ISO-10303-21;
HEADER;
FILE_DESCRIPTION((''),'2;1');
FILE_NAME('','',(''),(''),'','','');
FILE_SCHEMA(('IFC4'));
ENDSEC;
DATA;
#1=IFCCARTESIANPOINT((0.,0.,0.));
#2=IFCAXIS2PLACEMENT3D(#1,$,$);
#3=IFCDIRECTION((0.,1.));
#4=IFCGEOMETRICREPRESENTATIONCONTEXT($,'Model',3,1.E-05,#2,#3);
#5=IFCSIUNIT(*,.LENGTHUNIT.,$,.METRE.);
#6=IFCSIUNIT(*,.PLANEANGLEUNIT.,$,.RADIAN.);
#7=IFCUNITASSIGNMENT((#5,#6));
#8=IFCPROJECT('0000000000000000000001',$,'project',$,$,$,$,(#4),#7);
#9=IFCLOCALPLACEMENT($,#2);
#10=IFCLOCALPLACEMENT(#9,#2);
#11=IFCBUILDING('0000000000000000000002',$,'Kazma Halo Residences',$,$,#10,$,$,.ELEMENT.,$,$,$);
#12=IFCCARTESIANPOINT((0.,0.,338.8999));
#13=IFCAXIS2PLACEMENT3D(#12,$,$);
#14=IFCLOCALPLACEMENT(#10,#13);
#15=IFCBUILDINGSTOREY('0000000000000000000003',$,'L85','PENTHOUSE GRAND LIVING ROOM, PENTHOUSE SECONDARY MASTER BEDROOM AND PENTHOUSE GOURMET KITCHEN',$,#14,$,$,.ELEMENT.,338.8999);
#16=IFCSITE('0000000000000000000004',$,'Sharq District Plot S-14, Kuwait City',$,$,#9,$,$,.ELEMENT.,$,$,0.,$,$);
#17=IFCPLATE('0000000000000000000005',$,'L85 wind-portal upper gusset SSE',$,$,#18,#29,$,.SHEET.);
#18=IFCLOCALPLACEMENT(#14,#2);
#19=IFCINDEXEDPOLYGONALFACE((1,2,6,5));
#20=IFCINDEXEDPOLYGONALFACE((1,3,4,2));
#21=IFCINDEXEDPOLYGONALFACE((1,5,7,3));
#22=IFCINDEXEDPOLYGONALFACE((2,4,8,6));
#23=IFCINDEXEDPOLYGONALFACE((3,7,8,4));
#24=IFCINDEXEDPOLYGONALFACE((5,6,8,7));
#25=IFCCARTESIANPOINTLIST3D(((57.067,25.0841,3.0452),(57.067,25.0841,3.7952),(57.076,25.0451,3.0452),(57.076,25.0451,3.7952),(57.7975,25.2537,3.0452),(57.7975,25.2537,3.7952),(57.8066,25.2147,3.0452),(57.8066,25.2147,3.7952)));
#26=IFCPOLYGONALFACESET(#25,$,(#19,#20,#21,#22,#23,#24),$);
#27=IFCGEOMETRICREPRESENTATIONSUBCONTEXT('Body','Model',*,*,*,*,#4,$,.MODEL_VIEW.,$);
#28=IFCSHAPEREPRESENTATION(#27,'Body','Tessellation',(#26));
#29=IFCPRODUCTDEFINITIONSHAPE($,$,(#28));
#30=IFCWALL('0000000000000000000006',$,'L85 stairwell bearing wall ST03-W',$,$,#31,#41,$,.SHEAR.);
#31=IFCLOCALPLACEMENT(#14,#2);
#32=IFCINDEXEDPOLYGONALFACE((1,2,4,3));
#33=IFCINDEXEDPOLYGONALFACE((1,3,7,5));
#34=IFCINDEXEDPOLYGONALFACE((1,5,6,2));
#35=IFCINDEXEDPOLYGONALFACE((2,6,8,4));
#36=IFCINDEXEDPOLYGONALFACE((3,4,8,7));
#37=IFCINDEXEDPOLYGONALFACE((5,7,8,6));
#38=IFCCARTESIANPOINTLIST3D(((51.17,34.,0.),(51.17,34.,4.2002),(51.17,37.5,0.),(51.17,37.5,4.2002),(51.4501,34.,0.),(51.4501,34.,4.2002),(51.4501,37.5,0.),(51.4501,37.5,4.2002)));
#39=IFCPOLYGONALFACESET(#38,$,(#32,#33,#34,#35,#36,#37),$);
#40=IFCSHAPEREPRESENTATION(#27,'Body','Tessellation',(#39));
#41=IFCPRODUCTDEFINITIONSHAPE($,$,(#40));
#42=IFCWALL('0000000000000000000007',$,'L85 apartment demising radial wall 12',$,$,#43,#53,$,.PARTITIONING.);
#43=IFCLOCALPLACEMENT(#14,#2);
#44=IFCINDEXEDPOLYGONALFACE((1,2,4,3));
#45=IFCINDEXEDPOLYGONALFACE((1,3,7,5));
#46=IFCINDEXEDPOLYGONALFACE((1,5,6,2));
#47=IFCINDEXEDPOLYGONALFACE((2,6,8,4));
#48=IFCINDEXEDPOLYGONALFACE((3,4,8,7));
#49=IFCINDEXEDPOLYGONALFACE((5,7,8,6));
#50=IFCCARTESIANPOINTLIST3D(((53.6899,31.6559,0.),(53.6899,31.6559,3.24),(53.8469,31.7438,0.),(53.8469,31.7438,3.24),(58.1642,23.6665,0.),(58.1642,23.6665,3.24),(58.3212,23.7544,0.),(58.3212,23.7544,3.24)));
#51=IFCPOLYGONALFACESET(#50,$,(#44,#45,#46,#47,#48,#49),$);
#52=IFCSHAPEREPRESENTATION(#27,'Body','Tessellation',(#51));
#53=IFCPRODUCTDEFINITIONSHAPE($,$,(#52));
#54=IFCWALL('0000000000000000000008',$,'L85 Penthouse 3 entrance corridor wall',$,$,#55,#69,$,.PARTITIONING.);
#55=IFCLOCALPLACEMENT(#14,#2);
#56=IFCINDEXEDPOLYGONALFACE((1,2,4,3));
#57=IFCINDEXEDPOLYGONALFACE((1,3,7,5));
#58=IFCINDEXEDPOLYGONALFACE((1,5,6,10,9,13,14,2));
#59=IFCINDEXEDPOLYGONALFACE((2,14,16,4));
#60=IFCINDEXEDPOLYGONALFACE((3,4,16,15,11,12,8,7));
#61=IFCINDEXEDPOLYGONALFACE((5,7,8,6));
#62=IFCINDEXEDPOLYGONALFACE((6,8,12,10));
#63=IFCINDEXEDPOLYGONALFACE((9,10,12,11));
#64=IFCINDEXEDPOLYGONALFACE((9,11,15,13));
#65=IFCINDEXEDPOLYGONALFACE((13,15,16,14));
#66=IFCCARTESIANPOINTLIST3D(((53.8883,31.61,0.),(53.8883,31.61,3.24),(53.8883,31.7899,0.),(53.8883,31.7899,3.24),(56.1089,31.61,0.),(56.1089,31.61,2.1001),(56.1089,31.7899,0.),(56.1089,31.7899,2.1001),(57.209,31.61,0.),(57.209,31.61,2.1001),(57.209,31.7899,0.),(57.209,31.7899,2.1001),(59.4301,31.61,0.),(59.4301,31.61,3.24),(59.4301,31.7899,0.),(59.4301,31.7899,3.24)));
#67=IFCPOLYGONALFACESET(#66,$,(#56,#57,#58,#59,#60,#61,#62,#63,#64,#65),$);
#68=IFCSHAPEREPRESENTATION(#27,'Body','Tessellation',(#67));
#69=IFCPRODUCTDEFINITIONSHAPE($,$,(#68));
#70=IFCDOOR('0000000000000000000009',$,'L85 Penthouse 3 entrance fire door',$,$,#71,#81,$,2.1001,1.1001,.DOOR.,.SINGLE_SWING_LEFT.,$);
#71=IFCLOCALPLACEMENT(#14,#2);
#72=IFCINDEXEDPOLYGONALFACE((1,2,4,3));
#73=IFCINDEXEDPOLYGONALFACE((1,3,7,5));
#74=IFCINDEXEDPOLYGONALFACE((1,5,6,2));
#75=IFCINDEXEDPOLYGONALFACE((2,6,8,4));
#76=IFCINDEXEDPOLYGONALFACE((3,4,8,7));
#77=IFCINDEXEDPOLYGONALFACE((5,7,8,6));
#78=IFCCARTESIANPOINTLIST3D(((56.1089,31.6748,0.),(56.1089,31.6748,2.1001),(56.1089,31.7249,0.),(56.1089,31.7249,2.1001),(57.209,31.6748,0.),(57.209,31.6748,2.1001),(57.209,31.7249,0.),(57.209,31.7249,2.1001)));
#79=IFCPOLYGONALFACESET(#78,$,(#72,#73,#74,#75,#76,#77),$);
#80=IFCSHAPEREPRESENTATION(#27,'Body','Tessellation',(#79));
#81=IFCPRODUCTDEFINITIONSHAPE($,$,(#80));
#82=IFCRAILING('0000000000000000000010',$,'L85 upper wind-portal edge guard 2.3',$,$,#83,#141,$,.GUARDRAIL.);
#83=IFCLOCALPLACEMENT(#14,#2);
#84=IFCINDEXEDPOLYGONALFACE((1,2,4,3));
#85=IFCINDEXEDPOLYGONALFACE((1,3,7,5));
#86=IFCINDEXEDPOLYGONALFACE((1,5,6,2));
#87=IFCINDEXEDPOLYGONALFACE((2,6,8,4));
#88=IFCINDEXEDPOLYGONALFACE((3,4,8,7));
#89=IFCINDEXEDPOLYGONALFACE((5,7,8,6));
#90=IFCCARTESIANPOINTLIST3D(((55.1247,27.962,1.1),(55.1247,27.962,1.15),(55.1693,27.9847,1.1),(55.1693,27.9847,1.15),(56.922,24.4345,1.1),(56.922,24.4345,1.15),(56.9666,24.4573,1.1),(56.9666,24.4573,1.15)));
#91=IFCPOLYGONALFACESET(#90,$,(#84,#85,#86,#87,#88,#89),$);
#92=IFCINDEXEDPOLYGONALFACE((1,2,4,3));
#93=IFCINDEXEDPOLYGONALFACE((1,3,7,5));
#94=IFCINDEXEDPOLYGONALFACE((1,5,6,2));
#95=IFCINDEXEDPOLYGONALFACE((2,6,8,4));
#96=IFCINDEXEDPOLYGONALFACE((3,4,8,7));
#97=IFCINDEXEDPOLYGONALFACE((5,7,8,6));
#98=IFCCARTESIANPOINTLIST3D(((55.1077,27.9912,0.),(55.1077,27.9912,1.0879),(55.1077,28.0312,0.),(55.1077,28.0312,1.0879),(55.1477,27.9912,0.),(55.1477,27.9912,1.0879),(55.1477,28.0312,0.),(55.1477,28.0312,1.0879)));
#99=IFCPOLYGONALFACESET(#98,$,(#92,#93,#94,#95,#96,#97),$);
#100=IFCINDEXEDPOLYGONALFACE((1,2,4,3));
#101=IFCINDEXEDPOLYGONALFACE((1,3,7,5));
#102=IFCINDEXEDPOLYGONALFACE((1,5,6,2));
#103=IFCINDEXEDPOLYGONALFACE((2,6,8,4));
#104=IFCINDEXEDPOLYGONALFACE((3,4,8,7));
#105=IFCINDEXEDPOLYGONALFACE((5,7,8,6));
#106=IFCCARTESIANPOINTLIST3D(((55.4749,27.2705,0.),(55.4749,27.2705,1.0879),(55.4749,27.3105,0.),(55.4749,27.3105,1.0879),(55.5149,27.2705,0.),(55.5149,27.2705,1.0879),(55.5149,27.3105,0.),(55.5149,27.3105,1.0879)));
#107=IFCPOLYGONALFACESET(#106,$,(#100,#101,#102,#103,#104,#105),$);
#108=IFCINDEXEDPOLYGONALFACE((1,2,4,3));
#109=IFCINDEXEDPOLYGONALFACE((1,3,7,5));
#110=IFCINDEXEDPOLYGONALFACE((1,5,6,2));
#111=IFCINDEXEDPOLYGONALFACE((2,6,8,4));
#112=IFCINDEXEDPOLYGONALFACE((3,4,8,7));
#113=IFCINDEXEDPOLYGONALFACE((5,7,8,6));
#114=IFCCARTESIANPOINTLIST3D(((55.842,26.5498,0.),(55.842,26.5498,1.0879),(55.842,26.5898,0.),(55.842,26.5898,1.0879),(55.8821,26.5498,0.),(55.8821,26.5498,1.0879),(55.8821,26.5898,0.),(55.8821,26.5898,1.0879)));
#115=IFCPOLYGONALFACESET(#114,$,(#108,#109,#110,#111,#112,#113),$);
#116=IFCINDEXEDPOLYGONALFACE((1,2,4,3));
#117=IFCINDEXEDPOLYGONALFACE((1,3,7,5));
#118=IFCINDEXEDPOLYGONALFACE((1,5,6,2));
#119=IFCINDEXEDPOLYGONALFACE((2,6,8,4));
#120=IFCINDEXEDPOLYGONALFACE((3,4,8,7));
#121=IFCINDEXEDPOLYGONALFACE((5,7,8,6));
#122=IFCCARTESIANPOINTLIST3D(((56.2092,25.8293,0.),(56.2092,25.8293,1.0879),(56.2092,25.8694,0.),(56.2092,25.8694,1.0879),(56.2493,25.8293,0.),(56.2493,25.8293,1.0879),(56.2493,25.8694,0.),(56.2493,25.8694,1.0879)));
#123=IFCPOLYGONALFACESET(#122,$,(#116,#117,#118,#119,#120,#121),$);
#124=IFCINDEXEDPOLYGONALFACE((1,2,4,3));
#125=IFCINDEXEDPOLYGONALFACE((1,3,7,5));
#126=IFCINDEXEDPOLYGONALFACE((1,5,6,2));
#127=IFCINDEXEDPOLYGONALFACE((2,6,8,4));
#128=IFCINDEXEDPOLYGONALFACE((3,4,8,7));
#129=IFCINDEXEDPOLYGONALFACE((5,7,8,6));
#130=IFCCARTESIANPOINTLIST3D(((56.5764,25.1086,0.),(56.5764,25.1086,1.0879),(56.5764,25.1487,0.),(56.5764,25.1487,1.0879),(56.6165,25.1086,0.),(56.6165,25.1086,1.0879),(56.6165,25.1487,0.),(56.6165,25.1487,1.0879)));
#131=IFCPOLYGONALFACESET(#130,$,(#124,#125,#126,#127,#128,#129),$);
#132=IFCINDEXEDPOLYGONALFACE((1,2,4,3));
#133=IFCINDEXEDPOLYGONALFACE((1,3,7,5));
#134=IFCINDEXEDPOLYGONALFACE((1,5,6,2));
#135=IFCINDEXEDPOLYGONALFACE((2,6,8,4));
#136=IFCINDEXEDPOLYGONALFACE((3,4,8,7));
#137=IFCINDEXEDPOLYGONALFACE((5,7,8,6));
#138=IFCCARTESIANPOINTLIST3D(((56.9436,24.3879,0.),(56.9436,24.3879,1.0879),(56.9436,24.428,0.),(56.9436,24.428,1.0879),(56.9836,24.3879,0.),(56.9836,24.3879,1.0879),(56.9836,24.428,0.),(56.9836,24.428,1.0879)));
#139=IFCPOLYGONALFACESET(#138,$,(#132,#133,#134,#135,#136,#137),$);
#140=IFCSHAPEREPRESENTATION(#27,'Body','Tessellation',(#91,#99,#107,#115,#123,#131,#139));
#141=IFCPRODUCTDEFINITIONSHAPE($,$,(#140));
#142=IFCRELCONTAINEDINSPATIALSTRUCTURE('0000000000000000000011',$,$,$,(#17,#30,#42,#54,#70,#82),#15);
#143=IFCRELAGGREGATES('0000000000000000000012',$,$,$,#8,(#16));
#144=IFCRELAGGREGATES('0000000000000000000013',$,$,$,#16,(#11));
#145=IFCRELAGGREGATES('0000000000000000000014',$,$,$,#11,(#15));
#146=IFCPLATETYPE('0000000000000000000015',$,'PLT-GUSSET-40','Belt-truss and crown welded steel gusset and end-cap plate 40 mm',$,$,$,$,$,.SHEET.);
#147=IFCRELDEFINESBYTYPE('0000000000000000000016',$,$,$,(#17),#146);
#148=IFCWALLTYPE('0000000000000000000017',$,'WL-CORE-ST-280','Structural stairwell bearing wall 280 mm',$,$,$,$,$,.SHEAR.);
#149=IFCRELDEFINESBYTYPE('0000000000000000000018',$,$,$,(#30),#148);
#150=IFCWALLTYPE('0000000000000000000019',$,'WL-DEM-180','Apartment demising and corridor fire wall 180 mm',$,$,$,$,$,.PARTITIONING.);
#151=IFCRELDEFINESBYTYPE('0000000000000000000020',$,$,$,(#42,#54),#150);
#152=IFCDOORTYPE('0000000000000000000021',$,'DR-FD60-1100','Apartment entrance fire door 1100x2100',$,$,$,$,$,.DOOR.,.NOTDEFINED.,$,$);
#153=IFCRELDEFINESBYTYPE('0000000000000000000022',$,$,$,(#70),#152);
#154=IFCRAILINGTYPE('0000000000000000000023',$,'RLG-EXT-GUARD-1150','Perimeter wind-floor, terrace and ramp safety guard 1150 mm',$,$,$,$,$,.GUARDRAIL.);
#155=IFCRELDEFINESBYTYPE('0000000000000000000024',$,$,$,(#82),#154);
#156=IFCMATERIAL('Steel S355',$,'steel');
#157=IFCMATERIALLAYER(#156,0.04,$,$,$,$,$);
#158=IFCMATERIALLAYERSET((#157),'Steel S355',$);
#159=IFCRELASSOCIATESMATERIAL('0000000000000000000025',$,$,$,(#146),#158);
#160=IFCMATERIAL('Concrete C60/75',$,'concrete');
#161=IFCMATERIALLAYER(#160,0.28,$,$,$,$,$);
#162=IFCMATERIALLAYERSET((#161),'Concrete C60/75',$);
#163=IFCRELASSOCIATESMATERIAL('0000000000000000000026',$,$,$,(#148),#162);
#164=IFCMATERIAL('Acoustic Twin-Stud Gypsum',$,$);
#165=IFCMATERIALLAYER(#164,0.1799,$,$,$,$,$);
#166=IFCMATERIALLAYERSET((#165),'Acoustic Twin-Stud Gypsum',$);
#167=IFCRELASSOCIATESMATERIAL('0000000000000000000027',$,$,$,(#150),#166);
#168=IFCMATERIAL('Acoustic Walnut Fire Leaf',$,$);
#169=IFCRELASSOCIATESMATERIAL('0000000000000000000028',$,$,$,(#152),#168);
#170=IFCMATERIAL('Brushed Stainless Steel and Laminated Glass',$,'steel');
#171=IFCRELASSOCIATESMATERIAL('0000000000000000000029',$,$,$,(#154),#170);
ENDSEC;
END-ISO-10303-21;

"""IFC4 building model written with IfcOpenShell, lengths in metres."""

from ifc_helpers import new_model, si_unit, direction, frame, frame_2d, origin, origin_2d, place, context, subcontext, project, spatial, rectangle, extrude, material, layer, layer_set, type_object, element, fill, save


model = new_model("IFC4")

# Units and contexts
model_context = context("Model", 3, precision=1e-05, world=origin(), true_north=direction((0.0, 1.0)))
body_context = subcontext(model_context, "Body", "Model", "MODEL_VIEW")
ifc_project = project(units=[si_unit("LENGTHUNIT", "METRE"), si_unit("PLANEANGLEUNIT", "RADIAN")], contexts=[model_context])

# Site, building, storey
site_placement = place(None, origin())
site = spatial("IfcSite", under=ifc_project, at=site_placement, Name="Sharq District Plot S-14, Kuwait City", CompositionType="ELEMENT", RefElevation=0.0)
building_placement = place(site_placement, origin())
building = spatial("IfcBuilding", under=site, at=building_placement, Name="Kazma Halo Residences", CompositionType="ELEMENT")
storey_placement = place(building_placement, frame((0.0, 0.0, 338.8999)))
storey = spatial("IfcBuildingStorey", under=building, at=storey_placement, Name="L85", Description="PENTHOUSE GRAND LIVING ROOM, PENTHOUSE SECONDARY MASTER BEDROOM AND PENTHOUSE GOURMET KITCHEN", CompositionType="ELEMENT", Elevation=338.8999)

# Shared definitions
ifc_material_1 = material(Name="Concrete C60/75", Category="concrete")

# Shared definitions
ifc_material_2 = material(Name="Steel S355", Category="steel")

# Plate
ifc_layer_1 = layer(ifc_material_2, 0.04)
ifc_layer_set_1 = layer_set([ifc_layer_1], Name="Steel S355")
plate_type = type_object("IfcPlateType", Name="PLT-GUSSET-40", Description="Belt-truss and crown welded steel gusset and end-cap plate 40 mm", PredefinedType="SHEET", material=ifc_layer_set_1)
plate_placement = place(storey_placement, frame((57.4368, 25.1494, 3.0452), z_axis=(0.0, 0.0, 1.0), x_axis=(0.974084, 0.226188, 0.0)))
element("IfcPlate", 1, at=plate_placement, inside=storey, type_object=plate_type, Name="L85 wind-portal upper gusset SSE", PredefinedType="SHEET", context=body_context, shape_type="SweptSolid", body=[
    extrude(rectangle(XDim=0.75, YDim=0.04, at=origin_2d()), origin(), (0.0, 0.0, 1.0), 0.75),
])

# Walls
ifc_layer_2 = layer(ifc_material_1, 0.28)
ifc_layer_set_2 = layer_set([ifc_layer_2], Name="Concrete C60/75")
wall_type_1 = type_object("IfcWallType", Name="WL-CORE-ST-280", Description="Structural stairwell bearing wall 280 mm", PredefinedType="SHEAR", material=ifc_layer_set_2)
wall_1_placement = place(storey_placement, frame((51.3101, 34.0, 0.0), z_axis=(0.0, 0.0, 1.0), x_axis=(0.0, 1.0, 0.0)))
element("IfcWall", 2, at=wall_1_placement, inside=storey, type_object=wall_type_1, Name="L85 stairwell bearing wall ST03-W", PredefinedType="SHEAR", context=body_context, shape_type="SweptSolid", body=[
    extrude(rectangle(XDim=3.5, YDim=0.28, at=frame_2d((1.75, 0.0))), origin(), (0.0, 0.0, 1.0), 4.2002),
])
ifc_material_3 = material(Name="Acoustic Twin-Stud Gypsum")
ifc_layer_3 = layer(ifc_material_3, 0.1799)
ifc_layer_set_3 = layer_set([ifc_layer_3], Name="Acoustic Twin-Stud Gypsum")
wall_type_2 = type_object("IfcWallType", Name="WL-DEM-180", Description="Apartment demising and corridor fire wall 180 mm", PredefinedType="PARTITIONING", material=ifc_layer_set_3)
wall_2_placement = place(storey_placement, frame((53.7683, 31.7, 0.0), z_axis=(0.0, 0.0, 1.0), x_axis=(0.488624, -0.872495, 0.0)))
element("IfcWall", 3, at=wall_2_placement, inside=storey, type_object=wall_type_2, Name="L85 apartment demising radial wall 12", PredefinedType="PARTITIONING", context=body_context, shape_type="SweptSolid", body=[
    extrude(rectangle(XDim=9.157, YDim=0.1799, at=frame_2d((4.5786, 0.0))), origin(), (0.0, 0.0, 1.0), 3.24),
])

# Wall, opening, door
wall_3_placement = place(storey_placement, frame((53.8882, 31.7, 0.0), z_axis=(0.0, 0.0, 1.0), x_axis=(1.0, 0.0, 0.0)))
wall_3 = element("IfcWall", 4, at=wall_3_placement, inside=storey, type_object=wall_type_2, Name="L85 Penthouse 3 entrance corridor wall", PredefinedType="PARTITIONING", context=body_context, shape_type="SweptSolid", body=[
    extrude(rectangle(XDim=5.5417, YDim=0.1799, at=frame_2d((2.771, 0.0))), origin(), (0.0, 0.0, 1.0), 3.24),
])
opening_placement = place(wall_3_placement, frame((2.2207, 0.0, 0.0)))
opening = element("IfcOpeningElement", 5, at=opening_placement, cuts=wall_3, PredefinedType="OPENING", context=body_context, shape_type="SweptSolid", body=[
    extrude(rectangle(XDim=1.1001, YDim=2.1001, at=frame_2d((0.55, 1.05))), frame((0.0, 0.0999, 0.0), z_axis=(0.0, -1.0, 0.0), x_axis=(1.0, 0.0, 0.0)), (0.0, 0.0, 1.0), 0.2),
])
ifc_material_4 = material(Name="Acoustic Walnut Fire Leaf")
door_type = type_object("IfcDoorType", Name="DR-FD60-1100", Description="Apartment entrance fire door 1100x2100", OperationType="NOTDEFINED", PredefinedType="DOOR", material=ifc_material_4)
door_placement = place(opening_placement, origin())
door = element("IfcDoor", 6, at=door_placement, inside=storey, type_object=door_type, Name="L85 Penthouse 3 entrance fire door", OperationType="SINGLE_SWING_LEFT", OverallHeight=2.1001, OverallWidth=1.1001, PredefinedType="DOOR", context=body_context, shape_type="SweptSolid", body=[
    extrude(rectangle(XDim=1.1001, YDim=2.1001, at=frame_2d((0.55, 1.05))), frame((0.0, 0.0249, 0.0), z_axis=(0.0, -1.0, 0.0), x_axis=(1.0, 0.0, 0.0)), (0.0, 0.0, 1.0), 0.05),
])
fill(opening, door)

# Railing
ifc_material_5 = material(Name="Brushed Stainless Steel and Laminated Glass", Category="steel")
railing_type_1 = type_object("IfcRailingType", Name="RLG-EXT-GUARD-1150", Description="Perimeter wind-floor, terrace and ramp safety guard 1150 mm", PredefinedType="GUARDRAIL", material=ifc_material_5)
railing_1_placement = place(storey_placement, frame((55.1277, 28.0112, 0.0)))
element("IfcRailing", 7, at=railing_1_placement, inside=storey, type_object=railing_type_1, Name="L85 upper wind-portal edge guard 2.3", PredefinedType="GUARDRAIL", context=body_context, shape_type="SweptSolid", body=[
    extrude(rectangle(XDim=0.05, YDim=0.05, at=origin_2d()), frame((0.0193, -0.0378, 1.125), z_axis=(0.453986, -0.891009, 0.0), x_axis=(0.891009, 0.453986, 0.0)), (0.0, 0.0, 1.0), 3.959),
    extrude(rectangle(XDim=0.04, YDim=0.04, at=origin_2d()), origin(), (0.0, 0.0, 1.0), 1.0879),
    extrude(rectangle(XDim=0.04, YDim=0.04, at=origin_2d()), frame((0.3672, -0.7207, 0.0)), (0.0, 0.0, 1.0), 1.0879),
    extrude(rectangle(XDim=0.04, YDim=0.04, at=origin_2d()), frame((0.7344, -1.4414, 0.0)), (0.0, 0.0, 1.0), 1.0879),
    extrude(rectangle(XDim=0.04, YDim=0.04, at=origin_2d()), frame((1.1016, -2.1619, 0.0)), (0.0, 0.0, 1.0), 1.0879),
    extrude(rectangle(XDim=0.04, YDim=0.04, at=origin_2d()), frame((1.4688, -2.8826, 0.0)), (0.0, 0.0, 1.0), 1.0879),
    extrude(rectangle(XDim=0.04, YDim=0.04, at=origin_2d()), frame((1.8359, -3.6033, 0.0)), (0.0, 0.0, 1.0), 1.0879),
])

save(model, "model.ifc")
